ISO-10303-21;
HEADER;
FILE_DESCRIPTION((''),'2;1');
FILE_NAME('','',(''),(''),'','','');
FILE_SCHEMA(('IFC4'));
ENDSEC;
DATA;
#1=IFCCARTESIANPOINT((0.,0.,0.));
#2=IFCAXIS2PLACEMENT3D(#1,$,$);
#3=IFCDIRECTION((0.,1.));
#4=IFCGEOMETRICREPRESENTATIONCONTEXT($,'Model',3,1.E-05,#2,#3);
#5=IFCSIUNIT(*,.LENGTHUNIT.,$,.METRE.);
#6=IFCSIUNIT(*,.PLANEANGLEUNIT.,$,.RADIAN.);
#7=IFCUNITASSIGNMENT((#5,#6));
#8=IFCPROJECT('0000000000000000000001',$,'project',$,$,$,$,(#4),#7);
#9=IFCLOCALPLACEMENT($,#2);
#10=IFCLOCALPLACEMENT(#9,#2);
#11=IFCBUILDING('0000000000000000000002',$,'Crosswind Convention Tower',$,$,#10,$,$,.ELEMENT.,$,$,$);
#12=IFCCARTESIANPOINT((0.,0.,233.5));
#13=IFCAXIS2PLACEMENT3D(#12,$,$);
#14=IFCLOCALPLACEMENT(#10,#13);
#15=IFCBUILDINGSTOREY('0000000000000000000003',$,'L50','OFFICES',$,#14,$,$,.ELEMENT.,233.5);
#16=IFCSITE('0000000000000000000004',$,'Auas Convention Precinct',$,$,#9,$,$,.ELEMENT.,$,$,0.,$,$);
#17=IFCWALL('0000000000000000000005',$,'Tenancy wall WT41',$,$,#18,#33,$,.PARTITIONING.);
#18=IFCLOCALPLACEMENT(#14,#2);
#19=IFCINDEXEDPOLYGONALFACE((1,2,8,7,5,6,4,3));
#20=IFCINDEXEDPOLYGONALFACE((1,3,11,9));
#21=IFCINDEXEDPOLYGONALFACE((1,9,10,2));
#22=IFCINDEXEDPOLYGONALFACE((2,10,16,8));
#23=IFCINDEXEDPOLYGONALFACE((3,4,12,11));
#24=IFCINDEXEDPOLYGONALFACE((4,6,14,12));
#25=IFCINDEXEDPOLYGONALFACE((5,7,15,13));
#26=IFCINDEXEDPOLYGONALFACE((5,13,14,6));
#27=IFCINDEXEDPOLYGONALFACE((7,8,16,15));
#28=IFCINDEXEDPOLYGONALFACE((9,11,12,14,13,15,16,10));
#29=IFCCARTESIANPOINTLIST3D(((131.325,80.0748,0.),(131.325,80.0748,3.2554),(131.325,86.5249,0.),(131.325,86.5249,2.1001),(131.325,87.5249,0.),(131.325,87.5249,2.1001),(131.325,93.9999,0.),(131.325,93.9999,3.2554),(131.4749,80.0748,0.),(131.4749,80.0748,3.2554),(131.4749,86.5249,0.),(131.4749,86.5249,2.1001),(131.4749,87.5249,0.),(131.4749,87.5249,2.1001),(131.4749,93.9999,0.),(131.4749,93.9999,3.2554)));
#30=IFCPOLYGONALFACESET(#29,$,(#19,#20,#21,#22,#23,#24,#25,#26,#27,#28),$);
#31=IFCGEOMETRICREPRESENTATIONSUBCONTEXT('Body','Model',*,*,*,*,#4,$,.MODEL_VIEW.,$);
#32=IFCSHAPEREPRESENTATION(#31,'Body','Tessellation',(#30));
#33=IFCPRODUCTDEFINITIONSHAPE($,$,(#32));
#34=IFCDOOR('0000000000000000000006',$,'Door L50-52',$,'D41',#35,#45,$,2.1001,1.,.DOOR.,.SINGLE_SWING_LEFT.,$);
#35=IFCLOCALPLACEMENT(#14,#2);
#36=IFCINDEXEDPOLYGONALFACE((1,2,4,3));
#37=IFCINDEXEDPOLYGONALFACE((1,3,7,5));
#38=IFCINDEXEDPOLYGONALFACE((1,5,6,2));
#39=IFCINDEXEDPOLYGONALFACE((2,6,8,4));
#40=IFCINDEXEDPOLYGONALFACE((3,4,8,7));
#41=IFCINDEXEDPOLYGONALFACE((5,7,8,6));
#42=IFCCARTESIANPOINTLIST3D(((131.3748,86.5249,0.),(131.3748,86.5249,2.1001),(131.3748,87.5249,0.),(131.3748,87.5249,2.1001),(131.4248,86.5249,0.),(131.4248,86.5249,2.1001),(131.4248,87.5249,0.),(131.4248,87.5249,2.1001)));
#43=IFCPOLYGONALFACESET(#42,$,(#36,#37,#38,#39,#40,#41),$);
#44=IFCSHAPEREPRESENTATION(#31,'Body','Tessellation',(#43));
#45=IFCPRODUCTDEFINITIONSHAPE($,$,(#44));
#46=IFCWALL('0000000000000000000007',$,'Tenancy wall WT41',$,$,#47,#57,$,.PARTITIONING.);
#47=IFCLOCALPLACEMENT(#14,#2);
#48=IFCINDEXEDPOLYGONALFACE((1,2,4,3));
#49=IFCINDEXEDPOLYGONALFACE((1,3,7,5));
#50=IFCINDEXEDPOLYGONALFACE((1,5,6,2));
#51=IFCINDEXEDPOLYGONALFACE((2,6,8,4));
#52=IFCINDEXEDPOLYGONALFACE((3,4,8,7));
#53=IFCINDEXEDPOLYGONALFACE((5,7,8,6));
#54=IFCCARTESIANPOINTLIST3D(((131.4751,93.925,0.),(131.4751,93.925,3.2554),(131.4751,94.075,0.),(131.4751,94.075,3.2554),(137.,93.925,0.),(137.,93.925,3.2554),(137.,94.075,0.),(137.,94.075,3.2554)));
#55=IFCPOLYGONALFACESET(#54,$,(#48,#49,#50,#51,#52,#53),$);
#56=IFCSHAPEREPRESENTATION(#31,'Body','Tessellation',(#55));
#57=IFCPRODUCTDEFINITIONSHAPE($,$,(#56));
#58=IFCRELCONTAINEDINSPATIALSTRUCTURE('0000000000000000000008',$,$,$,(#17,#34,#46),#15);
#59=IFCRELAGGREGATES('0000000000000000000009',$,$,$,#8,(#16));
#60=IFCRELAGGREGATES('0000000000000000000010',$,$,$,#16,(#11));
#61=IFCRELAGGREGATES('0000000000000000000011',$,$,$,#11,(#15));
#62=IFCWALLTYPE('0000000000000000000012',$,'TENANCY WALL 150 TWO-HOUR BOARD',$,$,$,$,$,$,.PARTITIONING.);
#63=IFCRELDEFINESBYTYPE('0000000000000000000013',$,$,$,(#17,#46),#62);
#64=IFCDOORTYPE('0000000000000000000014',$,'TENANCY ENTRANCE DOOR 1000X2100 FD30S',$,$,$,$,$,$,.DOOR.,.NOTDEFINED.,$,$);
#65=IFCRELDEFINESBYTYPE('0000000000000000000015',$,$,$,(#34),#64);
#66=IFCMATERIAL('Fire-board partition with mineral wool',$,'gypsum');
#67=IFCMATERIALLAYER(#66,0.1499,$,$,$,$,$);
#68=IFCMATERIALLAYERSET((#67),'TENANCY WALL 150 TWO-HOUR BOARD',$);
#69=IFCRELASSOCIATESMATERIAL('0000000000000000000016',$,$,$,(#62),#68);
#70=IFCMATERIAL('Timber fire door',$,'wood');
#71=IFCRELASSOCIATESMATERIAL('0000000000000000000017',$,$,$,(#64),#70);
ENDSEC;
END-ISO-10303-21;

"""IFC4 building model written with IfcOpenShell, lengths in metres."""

from ifc_helpers import new_model, si_unit, direction, frame, frame_2d, origin, place, context, subcontext, project, spatial, rectangle, extrude, material, layer, layer_set, type_object, element, fill, save


model = new_model("IFC4")

# Units and contexts
model_context = context("Model", 3, precision=1e-05, world=origin(), true_north=direction((0.0, 1.0)))
body_context = subcontext(model_context, "Body", "Model", "MODEL_VIEW")
ifc_project = project(units=[si_unit("LENGTHUNIT", "METRE"), si_unit("PLANEANGLEUNIT", "RADIAN")], contexts=[model_context])

# Site, building, storey
site_placement = place(None, origin())
site = spatial("IfcSite", under=ifc_project, at=site_placement, Name="Auas Convention Precinct", CompositionType="ELEMENT", RefElevation=0.0)
building_placement = place(site_placement, origin())
building = spatial("IfcBuilding", under=site, at=building_placement, Name="Crosswind Convention Tower", CompositionType="ELEMENT")
storey_placement = place(building_placement, frame((0.0, 0.0, 233.5)))
storey = spatial("IfcBuildingStorey", under=building, at=storey_placement, Name="L50", Description="OFFICES", CompositionType="ELEMENT", Elevation=233.5)

# Shared definitions
ifc_material_1 = material(Name="Fire-board partition with mineral wool", Category="gypsum")
ifc_layer_1 = layer(ifc_material_1, 0.1499)
ifc_layer_set_1 = layer_set([ifc_layer_1], Name="TENANCY WALL 150 TWO-HOUR BOARD")
wall_type = type_object("IfcWallType", Name="TENANCY WALL 150 TWO-HOUR BOARD", PredefinedType="PARTITIONING", material=ifc_layer_set_1)

# Shared definitions
ifc_material_2 = material(Name="Timber fire door", Category="wood")
door_type = type_object("IfcDoorType", Name="TENANCY ENTRANCE DOOR 1000X2100 FD30S", OperationType="NOTDEFINED", PredefinedType="DOOR", material=ifc_material_2)

# Wall, opening, door
wall_1_placement = place(storey_placement, frame((131.3999, 80.075, 0.0), z_axis=(0.0, 0.0, 1.0), x_axis=(0.0, 1.0, 0.0)))
wall_1 = element("IfcWall", 1, at=wall_1_placement, inside=storey, type_object=wall_type, Name="Tenancy wall WT41", PredefinedType="PARTITIONING", context=body_context, shape_type="SweptSolid", body=[
    extrude(rectangle(XDim=13.925, YDim=0.1499, at=frame_2d((6.9624, 0.0))), origin(), (0.0, 0.0, 1.0), 3.2554),
])
opening_1_placement = place(wall_1_placement, frame((6.45, 0.0, 0.0)))
opening_1 = element("IfcOpeningElement", 2, at=opening_1_placement, cuts=wall_1, PredefinedType="OPENING", context=body_context, shape_type="SweptSolid", body=[
    extrude(rectangle(XDim=1.0, YDim=2.1001, at=frame_2d((0.5, 1.05))), frame((0.0, 0.085, 0.0), z_axis=(0.0, -1.0, 0.0), x_axis=(1.0, 0.0, 0.0)), (0.0, 0.0, 1.0), 0.1699),
])
door_1_placement = place(opening_1_placement, frame((1.0, 0.0, 0.0), z_axis=(0.0, 0.0, 1.0), x_axis=(-1.0, 0.0, 0.0)))
door_1 = element("IfcDoor", 3, at=door_1_placement, inside=storey, type_object=door_type, Name="Door L50-52", ObjectType="D41", OperationType="SINGLE_SWING_LEFT", OverallHeight=2.1001, OverallWidth=1.0, PredefinedType="DOOR", context=body_context, shape_type="SweptSolid", body=[
    extrude(rectangle(XDim=1.0, YDim=2.1001, at=frame_2d((0.5, 1.05))), frame((0.0, 0.0249, 0.0), z_axis=(0.0, -1.0, 0.0), x_axis=(1.0, 0.0, 0.0)), (0.0, 0.0, 1.0), 0.05),
])
fill(opening_1, door_1)

# Wall
wall_2_placement = place(storey_placement, frame((131.4751, 94.0, 0.0), z_axis=(0.0, 0.0, 1.0), x_axis=(1.0, 0.0, 0.0)))
element("IfcWall", 4, at=wall_2_placement, inside=storey, type_object=wall_type, Name="Tenancy wall WT41", PredefinedType="PARTITIONING", context=body_context, shape_type="SweptSolid", body=[
    extrude(rectangle(XDim=5.5249, YDim=0.1499, at=frame_2d((2.7625, 0.0))), origin(), (0.0, 0.0, 1.0), 3.2554),
])

save(model, "model.ifc")
